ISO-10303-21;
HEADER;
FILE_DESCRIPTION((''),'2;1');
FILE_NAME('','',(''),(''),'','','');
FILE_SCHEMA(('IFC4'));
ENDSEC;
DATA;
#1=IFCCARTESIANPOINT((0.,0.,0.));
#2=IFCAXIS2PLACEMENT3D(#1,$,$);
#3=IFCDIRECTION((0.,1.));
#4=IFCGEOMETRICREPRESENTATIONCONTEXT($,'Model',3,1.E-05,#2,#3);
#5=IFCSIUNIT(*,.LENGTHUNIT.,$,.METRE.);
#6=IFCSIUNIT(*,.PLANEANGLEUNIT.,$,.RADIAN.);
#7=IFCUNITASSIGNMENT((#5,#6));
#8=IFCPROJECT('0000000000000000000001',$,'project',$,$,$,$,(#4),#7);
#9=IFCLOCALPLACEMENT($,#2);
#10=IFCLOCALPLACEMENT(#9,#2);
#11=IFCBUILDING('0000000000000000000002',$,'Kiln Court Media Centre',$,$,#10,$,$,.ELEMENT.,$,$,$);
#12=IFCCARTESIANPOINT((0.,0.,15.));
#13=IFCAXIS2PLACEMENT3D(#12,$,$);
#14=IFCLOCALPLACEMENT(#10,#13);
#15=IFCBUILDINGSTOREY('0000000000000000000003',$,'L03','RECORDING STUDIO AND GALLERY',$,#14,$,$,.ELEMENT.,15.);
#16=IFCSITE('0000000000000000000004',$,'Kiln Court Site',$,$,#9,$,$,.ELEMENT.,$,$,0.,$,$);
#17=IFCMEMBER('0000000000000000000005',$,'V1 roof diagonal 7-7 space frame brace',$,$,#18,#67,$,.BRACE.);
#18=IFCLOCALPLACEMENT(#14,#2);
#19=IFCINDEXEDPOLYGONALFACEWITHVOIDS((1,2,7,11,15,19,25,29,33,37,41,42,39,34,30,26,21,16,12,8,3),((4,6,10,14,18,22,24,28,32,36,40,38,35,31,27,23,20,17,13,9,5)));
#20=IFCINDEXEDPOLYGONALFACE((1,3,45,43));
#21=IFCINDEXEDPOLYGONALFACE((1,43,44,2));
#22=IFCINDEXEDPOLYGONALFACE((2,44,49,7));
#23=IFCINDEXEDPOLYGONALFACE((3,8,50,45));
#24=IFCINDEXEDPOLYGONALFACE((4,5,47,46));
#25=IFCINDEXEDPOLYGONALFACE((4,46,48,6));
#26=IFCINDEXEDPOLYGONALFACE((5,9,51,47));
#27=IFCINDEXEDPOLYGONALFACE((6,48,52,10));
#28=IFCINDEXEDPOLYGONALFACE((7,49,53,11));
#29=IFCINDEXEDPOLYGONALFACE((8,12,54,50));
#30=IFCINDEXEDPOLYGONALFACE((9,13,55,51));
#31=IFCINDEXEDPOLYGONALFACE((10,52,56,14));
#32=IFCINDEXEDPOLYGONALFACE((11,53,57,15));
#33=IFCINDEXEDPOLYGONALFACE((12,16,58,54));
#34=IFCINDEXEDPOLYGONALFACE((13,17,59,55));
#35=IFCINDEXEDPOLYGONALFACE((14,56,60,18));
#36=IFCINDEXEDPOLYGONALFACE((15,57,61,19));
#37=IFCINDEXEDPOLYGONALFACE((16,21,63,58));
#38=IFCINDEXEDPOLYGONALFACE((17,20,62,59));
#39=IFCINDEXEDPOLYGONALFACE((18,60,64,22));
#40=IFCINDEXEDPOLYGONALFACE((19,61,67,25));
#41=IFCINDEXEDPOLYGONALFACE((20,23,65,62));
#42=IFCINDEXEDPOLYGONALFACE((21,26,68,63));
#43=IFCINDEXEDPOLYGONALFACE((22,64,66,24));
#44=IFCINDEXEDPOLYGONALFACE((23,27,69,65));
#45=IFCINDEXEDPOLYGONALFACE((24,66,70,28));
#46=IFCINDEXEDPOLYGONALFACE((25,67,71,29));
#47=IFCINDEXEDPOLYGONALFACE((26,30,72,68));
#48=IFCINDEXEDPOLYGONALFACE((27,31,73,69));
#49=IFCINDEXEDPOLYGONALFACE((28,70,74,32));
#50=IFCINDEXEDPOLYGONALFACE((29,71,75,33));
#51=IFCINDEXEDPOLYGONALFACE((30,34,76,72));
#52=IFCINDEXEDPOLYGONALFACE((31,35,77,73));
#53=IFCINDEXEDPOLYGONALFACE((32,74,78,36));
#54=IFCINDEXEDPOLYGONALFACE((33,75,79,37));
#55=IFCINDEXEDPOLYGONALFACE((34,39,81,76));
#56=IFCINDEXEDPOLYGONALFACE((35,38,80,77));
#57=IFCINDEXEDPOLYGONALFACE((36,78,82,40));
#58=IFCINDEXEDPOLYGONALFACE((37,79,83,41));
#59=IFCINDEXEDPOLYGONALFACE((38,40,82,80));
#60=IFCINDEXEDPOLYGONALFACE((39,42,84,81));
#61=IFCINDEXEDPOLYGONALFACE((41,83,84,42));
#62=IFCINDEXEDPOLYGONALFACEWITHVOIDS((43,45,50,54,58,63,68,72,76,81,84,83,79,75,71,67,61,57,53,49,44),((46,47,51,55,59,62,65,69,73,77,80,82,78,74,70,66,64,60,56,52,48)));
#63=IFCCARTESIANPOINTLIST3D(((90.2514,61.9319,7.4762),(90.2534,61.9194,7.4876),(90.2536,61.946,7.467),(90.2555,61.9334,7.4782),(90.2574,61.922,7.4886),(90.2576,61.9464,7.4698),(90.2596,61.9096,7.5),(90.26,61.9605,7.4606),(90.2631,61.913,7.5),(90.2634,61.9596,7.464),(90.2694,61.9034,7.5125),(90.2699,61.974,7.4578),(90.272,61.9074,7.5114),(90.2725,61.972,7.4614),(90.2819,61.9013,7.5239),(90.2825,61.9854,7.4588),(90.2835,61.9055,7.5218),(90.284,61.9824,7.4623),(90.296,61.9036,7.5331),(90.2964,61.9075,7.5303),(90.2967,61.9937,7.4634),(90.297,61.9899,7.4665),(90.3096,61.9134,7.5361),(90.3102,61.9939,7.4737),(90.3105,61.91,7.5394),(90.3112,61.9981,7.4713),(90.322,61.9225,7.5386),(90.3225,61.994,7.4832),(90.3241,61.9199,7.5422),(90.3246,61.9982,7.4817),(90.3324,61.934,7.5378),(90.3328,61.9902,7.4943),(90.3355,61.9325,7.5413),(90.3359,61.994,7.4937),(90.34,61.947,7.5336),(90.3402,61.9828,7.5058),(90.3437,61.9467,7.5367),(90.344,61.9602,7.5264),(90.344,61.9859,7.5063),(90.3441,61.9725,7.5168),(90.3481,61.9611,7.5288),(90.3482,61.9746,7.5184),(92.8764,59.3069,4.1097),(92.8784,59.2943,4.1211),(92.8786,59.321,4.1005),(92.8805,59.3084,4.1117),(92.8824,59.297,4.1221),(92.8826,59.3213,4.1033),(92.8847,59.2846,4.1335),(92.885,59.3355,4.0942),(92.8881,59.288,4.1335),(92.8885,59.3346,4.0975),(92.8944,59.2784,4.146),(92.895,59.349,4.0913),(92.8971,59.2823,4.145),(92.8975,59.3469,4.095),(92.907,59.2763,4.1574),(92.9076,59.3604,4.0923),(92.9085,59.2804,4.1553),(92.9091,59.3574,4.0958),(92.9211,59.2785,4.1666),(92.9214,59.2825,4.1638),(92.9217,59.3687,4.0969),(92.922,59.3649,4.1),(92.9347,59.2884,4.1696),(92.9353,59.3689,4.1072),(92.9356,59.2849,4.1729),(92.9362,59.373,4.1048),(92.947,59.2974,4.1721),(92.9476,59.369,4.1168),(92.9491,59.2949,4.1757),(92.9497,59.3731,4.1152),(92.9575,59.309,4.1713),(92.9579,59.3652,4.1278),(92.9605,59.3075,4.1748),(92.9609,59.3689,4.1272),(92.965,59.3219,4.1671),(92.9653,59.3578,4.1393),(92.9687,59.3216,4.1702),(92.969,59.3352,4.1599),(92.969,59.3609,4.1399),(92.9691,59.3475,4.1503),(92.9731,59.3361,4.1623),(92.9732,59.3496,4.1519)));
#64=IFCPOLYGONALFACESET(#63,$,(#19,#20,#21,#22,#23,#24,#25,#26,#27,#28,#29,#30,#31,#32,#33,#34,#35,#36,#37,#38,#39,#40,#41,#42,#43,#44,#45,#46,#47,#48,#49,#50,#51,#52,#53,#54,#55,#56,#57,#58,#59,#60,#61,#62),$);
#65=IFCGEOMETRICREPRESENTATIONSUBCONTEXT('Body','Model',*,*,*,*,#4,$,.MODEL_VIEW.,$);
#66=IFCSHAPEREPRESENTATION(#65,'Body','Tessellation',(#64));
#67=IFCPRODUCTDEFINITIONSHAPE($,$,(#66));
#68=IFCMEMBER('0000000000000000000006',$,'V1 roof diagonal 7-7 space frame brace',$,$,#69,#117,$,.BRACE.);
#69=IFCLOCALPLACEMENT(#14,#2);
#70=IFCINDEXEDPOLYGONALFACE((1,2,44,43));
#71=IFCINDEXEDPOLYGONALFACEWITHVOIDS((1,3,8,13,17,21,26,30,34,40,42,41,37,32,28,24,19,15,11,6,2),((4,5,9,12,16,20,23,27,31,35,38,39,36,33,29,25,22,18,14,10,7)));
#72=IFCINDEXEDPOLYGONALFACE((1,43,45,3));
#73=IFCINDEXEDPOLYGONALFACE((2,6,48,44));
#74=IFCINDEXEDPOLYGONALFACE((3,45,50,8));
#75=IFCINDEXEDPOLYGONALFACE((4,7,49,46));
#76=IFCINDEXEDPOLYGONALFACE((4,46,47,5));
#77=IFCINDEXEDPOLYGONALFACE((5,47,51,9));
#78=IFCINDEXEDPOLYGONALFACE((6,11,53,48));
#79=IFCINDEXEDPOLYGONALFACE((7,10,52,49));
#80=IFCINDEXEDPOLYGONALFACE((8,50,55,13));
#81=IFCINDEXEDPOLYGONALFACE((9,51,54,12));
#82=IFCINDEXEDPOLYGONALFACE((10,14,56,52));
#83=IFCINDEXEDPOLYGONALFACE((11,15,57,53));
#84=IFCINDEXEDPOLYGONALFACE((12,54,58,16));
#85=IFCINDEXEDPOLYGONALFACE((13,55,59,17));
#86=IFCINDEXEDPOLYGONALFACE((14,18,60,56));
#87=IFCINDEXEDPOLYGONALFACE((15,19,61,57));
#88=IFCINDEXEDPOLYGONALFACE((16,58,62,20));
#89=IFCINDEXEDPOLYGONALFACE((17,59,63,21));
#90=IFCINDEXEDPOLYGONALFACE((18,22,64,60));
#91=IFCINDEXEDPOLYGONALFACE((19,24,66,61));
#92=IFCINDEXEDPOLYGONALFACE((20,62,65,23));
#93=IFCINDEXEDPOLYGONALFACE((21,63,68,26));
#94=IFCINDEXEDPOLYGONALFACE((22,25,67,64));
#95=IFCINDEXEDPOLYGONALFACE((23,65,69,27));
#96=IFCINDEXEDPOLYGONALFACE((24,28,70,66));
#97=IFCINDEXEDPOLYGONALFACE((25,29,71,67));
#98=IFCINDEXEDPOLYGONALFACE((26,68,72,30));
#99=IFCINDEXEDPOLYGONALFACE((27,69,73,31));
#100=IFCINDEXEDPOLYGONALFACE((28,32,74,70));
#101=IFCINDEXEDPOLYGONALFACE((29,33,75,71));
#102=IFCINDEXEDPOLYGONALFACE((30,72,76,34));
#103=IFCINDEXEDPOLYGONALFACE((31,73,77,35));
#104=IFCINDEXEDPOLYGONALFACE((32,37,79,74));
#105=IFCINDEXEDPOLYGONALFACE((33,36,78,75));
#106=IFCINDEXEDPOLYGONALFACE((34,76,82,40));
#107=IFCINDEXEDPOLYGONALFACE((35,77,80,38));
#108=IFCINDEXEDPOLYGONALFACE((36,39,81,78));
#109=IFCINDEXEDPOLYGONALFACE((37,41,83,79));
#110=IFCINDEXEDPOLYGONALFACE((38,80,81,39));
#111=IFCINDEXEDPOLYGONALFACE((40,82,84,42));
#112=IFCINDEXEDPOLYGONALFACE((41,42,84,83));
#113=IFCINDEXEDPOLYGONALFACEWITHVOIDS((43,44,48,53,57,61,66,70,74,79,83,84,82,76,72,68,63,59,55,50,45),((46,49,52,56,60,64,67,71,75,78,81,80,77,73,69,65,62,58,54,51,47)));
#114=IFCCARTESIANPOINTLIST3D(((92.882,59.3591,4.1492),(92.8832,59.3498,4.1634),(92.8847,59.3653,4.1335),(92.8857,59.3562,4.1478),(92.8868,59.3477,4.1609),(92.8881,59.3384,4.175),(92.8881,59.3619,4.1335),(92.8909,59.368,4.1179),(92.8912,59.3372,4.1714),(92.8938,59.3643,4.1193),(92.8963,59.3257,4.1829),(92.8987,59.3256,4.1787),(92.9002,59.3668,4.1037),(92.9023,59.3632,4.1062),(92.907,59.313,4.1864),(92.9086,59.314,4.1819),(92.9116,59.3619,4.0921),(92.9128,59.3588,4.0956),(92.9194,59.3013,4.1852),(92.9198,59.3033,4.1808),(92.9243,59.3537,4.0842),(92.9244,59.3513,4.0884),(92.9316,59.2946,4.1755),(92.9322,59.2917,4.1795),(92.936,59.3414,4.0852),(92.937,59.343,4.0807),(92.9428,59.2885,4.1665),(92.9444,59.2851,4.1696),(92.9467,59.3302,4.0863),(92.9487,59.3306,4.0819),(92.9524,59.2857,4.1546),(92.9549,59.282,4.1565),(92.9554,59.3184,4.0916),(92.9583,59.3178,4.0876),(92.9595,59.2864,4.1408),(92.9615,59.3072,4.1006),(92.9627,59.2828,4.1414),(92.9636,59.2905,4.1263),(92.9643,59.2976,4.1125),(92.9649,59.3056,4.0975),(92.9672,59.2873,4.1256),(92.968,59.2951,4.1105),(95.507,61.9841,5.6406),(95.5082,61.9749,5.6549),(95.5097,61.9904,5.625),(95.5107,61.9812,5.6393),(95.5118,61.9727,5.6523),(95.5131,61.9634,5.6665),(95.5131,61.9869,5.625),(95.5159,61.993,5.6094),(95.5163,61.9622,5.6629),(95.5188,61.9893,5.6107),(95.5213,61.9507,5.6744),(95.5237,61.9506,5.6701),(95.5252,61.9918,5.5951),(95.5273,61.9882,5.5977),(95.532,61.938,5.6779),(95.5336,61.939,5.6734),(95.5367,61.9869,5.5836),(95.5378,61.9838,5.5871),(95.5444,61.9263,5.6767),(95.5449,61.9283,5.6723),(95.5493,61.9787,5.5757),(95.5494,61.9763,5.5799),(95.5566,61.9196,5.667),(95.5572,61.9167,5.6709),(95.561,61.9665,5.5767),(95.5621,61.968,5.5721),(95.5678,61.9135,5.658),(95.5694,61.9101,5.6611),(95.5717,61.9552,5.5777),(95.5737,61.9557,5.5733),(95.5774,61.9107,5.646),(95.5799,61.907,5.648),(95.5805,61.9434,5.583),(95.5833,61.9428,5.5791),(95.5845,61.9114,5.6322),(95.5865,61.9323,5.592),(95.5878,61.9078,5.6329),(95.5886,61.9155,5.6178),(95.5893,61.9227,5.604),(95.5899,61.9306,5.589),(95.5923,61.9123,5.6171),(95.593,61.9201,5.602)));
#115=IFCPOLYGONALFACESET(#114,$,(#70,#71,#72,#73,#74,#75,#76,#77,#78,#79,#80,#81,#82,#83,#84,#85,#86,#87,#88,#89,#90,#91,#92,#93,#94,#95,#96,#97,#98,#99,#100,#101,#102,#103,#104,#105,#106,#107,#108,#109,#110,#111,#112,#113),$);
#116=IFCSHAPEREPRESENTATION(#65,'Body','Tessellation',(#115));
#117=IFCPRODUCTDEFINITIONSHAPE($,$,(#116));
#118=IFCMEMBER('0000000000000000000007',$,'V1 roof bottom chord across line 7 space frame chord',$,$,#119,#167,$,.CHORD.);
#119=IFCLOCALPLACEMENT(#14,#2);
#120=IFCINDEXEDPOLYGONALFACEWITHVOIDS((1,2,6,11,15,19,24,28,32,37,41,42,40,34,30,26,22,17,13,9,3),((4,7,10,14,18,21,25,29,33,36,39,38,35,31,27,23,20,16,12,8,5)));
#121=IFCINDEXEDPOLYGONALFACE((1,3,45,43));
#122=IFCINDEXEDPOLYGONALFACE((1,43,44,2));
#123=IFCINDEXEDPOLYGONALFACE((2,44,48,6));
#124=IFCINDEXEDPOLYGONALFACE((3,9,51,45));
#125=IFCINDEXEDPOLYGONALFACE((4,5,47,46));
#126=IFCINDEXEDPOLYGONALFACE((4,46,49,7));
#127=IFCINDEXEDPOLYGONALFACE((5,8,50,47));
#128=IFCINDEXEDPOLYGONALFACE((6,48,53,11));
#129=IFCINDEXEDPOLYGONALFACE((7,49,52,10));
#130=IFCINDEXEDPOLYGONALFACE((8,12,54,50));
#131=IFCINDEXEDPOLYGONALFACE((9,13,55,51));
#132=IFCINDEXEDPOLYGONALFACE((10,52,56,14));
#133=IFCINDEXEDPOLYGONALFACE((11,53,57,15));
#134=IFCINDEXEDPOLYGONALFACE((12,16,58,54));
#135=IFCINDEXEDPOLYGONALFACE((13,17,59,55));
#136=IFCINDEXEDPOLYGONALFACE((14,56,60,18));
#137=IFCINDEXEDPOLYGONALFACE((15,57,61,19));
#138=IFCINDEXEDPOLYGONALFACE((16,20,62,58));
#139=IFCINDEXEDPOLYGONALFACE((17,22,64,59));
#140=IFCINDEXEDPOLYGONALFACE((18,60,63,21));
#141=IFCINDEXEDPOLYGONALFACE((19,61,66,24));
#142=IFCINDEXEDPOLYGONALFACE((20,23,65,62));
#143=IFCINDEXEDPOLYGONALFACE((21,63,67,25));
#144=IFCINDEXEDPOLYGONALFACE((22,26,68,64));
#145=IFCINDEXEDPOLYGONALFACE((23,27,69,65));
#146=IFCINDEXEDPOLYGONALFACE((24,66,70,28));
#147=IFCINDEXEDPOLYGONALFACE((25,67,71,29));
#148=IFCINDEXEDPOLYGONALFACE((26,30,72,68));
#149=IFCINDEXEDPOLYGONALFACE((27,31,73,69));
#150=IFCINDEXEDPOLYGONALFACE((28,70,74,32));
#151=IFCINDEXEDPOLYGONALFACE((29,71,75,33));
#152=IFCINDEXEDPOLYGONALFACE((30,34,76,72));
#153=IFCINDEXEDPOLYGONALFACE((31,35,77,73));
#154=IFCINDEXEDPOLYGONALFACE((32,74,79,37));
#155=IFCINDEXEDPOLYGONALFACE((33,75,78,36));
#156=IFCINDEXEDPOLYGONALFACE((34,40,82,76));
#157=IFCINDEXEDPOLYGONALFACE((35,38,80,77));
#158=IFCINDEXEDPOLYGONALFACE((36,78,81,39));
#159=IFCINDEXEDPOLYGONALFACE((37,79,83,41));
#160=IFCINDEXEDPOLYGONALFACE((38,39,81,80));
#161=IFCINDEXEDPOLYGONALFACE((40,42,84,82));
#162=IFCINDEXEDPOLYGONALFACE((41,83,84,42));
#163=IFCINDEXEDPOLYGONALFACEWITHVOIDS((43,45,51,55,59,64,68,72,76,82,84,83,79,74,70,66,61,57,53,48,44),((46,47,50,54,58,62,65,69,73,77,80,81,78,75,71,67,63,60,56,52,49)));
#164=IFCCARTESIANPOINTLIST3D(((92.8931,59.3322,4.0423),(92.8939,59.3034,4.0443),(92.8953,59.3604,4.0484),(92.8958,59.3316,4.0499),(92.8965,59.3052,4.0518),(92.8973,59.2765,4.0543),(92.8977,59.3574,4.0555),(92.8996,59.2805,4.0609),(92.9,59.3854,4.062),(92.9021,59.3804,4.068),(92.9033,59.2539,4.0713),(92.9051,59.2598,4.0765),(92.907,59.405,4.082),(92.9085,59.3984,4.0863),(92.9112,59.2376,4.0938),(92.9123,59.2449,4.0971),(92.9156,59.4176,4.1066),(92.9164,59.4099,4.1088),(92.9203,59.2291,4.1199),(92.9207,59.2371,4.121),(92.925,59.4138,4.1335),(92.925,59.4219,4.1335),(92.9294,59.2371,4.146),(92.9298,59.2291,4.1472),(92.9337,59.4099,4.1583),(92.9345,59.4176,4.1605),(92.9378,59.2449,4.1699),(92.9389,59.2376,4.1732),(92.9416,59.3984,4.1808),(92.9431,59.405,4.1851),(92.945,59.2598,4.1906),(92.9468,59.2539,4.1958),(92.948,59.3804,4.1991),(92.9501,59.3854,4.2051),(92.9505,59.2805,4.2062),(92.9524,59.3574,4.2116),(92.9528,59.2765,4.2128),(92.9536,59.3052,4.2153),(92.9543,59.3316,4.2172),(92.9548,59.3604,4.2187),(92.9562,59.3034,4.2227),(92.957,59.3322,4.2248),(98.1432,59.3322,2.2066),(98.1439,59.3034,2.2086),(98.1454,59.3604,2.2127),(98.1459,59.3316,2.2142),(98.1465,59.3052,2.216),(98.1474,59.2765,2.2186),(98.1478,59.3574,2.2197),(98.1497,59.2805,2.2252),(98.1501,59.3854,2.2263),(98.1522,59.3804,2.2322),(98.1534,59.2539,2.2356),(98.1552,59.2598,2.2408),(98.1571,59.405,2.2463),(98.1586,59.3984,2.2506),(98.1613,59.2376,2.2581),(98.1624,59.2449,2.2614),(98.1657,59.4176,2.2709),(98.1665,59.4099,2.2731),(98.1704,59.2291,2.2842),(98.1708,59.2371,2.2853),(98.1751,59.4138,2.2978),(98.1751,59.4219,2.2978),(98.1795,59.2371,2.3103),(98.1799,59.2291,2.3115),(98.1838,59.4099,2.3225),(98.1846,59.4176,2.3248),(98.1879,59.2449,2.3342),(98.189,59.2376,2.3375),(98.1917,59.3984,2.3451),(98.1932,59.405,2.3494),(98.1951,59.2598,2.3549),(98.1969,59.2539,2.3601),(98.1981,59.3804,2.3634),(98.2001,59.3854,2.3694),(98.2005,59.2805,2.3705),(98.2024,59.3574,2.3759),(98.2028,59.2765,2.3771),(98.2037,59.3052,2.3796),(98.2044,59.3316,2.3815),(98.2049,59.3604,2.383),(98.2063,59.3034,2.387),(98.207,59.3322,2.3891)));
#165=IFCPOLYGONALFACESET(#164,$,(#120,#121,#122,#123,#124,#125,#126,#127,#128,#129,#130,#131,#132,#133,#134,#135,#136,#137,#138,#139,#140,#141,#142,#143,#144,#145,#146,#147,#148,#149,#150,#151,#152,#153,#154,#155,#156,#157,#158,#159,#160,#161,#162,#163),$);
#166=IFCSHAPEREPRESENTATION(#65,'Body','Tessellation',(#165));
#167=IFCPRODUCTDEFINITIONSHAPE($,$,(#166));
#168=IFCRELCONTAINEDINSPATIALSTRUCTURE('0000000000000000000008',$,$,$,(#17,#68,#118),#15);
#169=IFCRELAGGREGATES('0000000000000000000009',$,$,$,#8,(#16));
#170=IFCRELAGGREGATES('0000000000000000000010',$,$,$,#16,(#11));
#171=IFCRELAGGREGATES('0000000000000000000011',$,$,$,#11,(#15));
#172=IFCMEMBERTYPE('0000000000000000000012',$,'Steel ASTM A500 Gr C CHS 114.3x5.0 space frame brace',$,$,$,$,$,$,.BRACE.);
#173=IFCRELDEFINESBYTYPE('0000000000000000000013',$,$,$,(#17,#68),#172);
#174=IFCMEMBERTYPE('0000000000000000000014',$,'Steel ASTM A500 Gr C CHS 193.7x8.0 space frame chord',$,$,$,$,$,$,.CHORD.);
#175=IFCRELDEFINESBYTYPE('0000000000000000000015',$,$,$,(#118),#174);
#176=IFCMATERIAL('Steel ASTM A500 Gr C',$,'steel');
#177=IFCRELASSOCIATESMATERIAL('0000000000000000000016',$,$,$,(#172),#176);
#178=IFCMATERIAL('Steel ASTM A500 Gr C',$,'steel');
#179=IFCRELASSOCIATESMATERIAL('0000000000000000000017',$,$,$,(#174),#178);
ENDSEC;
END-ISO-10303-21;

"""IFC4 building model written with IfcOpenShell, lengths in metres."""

from ifc_helpers import new_model, si_unit, direction, frame, origin, origin_2d, place, context, subcontext, project, spatial, hollow_circle, extrude, material, material_profile, profile_set, type_object, element, save


model = new_model("IFC4")

# Units and contexts
model_context = context("Model", 3, precision=1e-05, world=origin(), true_north=direction((0.0, 1.0)))
body_context = subcontext(model_context, "Body", "Model", "MODEL_VIEW")
ifc_project = project(units=[si_unit("LENGTHUNIT", "METRE"), si_unit("PLANEANGLEUNIT", "RADIAN")], contexts=[model_context])

# Site, building, storey
site_placement = place(None, origin())
site = spatial("IfcSite", under=ifc_project, at=site_placement, Name="Kiln Court Site", CompositionType="ELEMENT", RefElevation=0.0)
building_placement = place(site_placement, origin())
building = spatial("IfcBuilding", under=site, at=building_placement, Name="Kiln Court Media Centre", CompositionType="ELEMENT")
storey_placement = place(building_placement, frame((0.0, 0.0, 15.0)))
storey = spatial("IfcBuildingStorey", under=building, at=storey_placement, Name="L03", Description="RECORDING STUDIO AND GALLERY", CompositionType="ELEMENT", Elevation=15.0)

# Members
ifc_material_1 = material(Name="Steel ASTM A500 Gr C", Category="steel")
ifc_material_profile_1 = material_profile(ifc_material_1, hollow_circle(Radius=0.0571, WallThickness=0.0049, at=origin_2d()), Name="CHS 114.3x5.0")
ifc_profile_set_1 = profile_set([ifc_material_profile_1], Name="Steel ASTM A500 Gr C")
member_type_1 = type_object("IfcMemberType", Name="Steel ASTM A500 Gr C CHS 114.3x5.0 space frame brace", PredefinedType="BRACE", material=ifc_profile_set_1)
member_1_placement = place(storey_placement, frame((92.925, 59.325, 4.1335), z_axis=(-0.523804, 0.523804, 0.671758), x_axis=(-0.707107, -0.707107, 0.0)))
element("IfcMember", 1, at=member_1_placement, inside=storey, type_object=member_type_1, Name="V1 roof diagonal 7-7 space frame brace", PredefinedType="BRACE", context=body_context, shape_type="SweptSolid", body=[
    extrude(hollow_circle(Radius=0.0571, WallThickness=0.0049, at=origin_2d()), origin(), (0.0, 0.0, 1.0), 5.0115),
])
member_2_placement = place(storey_placement, frame((92.925, 59.325, 4.1335), z_axis=(0.656133, 0.656133, 0.372798), x_axis=(-0.707107, 0.707107, 0.0)))
element("IfcMember", 2, at=member_2_placement, inside=storey, type_object=member_type_1, Name="V1 roof diagonal 7-7 space frame brace", PredefinedType="BRACE", context=body_context, shape_type="SweptSolid", body=[
    extrude(hollow_circle(Radius=0.0571, WallThickness=0.0049, at=origin_2d()), origin(), (0.0, 0.0, 1.0), 4.0007),
])
ifc_material_2 = material(Name="Steel ASTM A500 Gr C", Category="steel")
ifc_material_profile_2 = material_profile(ifc_material_2, hollow_circle(Radius=0.0969, WallThickness=0.0081, at=origin_2d()), Name="CHS 193.7x8.0")
ifc_profile_set_2 = profile_set([ifc_material_profile_2], Name="Steel ASTM A500 Gr C")
member_type_2 = type_object("IfcMemberType", Name="Steel ASTM A500 Gr C CHS 193.7x8.0 space frame chord", PredefinedType="CHORD", material=ifc_profile_set_2)
member_3_placement = place(storey_placement, frame((92.925, 59.325, 4.1335), z_axis=(0.94396, 0.0, -0.330061), x_axis=(0.0, 1.0, 0.0)))
element("IfcMember", 3, at=member_3_placement, inside=storey, type_object=member_type_2, Name="V1 roof bottom chord across line 7 space frame chord", PredefinedType="CHORD", context=body_context, shape_type="SweptSolid", body=[
    extrude(hollow_circle(Radius=0.0969, WallThickness=0.0081, at=origin_2d()), origin(), (0.0, 0.0, 1.0), 5.5618),
])

save(model, "model.ifc")
